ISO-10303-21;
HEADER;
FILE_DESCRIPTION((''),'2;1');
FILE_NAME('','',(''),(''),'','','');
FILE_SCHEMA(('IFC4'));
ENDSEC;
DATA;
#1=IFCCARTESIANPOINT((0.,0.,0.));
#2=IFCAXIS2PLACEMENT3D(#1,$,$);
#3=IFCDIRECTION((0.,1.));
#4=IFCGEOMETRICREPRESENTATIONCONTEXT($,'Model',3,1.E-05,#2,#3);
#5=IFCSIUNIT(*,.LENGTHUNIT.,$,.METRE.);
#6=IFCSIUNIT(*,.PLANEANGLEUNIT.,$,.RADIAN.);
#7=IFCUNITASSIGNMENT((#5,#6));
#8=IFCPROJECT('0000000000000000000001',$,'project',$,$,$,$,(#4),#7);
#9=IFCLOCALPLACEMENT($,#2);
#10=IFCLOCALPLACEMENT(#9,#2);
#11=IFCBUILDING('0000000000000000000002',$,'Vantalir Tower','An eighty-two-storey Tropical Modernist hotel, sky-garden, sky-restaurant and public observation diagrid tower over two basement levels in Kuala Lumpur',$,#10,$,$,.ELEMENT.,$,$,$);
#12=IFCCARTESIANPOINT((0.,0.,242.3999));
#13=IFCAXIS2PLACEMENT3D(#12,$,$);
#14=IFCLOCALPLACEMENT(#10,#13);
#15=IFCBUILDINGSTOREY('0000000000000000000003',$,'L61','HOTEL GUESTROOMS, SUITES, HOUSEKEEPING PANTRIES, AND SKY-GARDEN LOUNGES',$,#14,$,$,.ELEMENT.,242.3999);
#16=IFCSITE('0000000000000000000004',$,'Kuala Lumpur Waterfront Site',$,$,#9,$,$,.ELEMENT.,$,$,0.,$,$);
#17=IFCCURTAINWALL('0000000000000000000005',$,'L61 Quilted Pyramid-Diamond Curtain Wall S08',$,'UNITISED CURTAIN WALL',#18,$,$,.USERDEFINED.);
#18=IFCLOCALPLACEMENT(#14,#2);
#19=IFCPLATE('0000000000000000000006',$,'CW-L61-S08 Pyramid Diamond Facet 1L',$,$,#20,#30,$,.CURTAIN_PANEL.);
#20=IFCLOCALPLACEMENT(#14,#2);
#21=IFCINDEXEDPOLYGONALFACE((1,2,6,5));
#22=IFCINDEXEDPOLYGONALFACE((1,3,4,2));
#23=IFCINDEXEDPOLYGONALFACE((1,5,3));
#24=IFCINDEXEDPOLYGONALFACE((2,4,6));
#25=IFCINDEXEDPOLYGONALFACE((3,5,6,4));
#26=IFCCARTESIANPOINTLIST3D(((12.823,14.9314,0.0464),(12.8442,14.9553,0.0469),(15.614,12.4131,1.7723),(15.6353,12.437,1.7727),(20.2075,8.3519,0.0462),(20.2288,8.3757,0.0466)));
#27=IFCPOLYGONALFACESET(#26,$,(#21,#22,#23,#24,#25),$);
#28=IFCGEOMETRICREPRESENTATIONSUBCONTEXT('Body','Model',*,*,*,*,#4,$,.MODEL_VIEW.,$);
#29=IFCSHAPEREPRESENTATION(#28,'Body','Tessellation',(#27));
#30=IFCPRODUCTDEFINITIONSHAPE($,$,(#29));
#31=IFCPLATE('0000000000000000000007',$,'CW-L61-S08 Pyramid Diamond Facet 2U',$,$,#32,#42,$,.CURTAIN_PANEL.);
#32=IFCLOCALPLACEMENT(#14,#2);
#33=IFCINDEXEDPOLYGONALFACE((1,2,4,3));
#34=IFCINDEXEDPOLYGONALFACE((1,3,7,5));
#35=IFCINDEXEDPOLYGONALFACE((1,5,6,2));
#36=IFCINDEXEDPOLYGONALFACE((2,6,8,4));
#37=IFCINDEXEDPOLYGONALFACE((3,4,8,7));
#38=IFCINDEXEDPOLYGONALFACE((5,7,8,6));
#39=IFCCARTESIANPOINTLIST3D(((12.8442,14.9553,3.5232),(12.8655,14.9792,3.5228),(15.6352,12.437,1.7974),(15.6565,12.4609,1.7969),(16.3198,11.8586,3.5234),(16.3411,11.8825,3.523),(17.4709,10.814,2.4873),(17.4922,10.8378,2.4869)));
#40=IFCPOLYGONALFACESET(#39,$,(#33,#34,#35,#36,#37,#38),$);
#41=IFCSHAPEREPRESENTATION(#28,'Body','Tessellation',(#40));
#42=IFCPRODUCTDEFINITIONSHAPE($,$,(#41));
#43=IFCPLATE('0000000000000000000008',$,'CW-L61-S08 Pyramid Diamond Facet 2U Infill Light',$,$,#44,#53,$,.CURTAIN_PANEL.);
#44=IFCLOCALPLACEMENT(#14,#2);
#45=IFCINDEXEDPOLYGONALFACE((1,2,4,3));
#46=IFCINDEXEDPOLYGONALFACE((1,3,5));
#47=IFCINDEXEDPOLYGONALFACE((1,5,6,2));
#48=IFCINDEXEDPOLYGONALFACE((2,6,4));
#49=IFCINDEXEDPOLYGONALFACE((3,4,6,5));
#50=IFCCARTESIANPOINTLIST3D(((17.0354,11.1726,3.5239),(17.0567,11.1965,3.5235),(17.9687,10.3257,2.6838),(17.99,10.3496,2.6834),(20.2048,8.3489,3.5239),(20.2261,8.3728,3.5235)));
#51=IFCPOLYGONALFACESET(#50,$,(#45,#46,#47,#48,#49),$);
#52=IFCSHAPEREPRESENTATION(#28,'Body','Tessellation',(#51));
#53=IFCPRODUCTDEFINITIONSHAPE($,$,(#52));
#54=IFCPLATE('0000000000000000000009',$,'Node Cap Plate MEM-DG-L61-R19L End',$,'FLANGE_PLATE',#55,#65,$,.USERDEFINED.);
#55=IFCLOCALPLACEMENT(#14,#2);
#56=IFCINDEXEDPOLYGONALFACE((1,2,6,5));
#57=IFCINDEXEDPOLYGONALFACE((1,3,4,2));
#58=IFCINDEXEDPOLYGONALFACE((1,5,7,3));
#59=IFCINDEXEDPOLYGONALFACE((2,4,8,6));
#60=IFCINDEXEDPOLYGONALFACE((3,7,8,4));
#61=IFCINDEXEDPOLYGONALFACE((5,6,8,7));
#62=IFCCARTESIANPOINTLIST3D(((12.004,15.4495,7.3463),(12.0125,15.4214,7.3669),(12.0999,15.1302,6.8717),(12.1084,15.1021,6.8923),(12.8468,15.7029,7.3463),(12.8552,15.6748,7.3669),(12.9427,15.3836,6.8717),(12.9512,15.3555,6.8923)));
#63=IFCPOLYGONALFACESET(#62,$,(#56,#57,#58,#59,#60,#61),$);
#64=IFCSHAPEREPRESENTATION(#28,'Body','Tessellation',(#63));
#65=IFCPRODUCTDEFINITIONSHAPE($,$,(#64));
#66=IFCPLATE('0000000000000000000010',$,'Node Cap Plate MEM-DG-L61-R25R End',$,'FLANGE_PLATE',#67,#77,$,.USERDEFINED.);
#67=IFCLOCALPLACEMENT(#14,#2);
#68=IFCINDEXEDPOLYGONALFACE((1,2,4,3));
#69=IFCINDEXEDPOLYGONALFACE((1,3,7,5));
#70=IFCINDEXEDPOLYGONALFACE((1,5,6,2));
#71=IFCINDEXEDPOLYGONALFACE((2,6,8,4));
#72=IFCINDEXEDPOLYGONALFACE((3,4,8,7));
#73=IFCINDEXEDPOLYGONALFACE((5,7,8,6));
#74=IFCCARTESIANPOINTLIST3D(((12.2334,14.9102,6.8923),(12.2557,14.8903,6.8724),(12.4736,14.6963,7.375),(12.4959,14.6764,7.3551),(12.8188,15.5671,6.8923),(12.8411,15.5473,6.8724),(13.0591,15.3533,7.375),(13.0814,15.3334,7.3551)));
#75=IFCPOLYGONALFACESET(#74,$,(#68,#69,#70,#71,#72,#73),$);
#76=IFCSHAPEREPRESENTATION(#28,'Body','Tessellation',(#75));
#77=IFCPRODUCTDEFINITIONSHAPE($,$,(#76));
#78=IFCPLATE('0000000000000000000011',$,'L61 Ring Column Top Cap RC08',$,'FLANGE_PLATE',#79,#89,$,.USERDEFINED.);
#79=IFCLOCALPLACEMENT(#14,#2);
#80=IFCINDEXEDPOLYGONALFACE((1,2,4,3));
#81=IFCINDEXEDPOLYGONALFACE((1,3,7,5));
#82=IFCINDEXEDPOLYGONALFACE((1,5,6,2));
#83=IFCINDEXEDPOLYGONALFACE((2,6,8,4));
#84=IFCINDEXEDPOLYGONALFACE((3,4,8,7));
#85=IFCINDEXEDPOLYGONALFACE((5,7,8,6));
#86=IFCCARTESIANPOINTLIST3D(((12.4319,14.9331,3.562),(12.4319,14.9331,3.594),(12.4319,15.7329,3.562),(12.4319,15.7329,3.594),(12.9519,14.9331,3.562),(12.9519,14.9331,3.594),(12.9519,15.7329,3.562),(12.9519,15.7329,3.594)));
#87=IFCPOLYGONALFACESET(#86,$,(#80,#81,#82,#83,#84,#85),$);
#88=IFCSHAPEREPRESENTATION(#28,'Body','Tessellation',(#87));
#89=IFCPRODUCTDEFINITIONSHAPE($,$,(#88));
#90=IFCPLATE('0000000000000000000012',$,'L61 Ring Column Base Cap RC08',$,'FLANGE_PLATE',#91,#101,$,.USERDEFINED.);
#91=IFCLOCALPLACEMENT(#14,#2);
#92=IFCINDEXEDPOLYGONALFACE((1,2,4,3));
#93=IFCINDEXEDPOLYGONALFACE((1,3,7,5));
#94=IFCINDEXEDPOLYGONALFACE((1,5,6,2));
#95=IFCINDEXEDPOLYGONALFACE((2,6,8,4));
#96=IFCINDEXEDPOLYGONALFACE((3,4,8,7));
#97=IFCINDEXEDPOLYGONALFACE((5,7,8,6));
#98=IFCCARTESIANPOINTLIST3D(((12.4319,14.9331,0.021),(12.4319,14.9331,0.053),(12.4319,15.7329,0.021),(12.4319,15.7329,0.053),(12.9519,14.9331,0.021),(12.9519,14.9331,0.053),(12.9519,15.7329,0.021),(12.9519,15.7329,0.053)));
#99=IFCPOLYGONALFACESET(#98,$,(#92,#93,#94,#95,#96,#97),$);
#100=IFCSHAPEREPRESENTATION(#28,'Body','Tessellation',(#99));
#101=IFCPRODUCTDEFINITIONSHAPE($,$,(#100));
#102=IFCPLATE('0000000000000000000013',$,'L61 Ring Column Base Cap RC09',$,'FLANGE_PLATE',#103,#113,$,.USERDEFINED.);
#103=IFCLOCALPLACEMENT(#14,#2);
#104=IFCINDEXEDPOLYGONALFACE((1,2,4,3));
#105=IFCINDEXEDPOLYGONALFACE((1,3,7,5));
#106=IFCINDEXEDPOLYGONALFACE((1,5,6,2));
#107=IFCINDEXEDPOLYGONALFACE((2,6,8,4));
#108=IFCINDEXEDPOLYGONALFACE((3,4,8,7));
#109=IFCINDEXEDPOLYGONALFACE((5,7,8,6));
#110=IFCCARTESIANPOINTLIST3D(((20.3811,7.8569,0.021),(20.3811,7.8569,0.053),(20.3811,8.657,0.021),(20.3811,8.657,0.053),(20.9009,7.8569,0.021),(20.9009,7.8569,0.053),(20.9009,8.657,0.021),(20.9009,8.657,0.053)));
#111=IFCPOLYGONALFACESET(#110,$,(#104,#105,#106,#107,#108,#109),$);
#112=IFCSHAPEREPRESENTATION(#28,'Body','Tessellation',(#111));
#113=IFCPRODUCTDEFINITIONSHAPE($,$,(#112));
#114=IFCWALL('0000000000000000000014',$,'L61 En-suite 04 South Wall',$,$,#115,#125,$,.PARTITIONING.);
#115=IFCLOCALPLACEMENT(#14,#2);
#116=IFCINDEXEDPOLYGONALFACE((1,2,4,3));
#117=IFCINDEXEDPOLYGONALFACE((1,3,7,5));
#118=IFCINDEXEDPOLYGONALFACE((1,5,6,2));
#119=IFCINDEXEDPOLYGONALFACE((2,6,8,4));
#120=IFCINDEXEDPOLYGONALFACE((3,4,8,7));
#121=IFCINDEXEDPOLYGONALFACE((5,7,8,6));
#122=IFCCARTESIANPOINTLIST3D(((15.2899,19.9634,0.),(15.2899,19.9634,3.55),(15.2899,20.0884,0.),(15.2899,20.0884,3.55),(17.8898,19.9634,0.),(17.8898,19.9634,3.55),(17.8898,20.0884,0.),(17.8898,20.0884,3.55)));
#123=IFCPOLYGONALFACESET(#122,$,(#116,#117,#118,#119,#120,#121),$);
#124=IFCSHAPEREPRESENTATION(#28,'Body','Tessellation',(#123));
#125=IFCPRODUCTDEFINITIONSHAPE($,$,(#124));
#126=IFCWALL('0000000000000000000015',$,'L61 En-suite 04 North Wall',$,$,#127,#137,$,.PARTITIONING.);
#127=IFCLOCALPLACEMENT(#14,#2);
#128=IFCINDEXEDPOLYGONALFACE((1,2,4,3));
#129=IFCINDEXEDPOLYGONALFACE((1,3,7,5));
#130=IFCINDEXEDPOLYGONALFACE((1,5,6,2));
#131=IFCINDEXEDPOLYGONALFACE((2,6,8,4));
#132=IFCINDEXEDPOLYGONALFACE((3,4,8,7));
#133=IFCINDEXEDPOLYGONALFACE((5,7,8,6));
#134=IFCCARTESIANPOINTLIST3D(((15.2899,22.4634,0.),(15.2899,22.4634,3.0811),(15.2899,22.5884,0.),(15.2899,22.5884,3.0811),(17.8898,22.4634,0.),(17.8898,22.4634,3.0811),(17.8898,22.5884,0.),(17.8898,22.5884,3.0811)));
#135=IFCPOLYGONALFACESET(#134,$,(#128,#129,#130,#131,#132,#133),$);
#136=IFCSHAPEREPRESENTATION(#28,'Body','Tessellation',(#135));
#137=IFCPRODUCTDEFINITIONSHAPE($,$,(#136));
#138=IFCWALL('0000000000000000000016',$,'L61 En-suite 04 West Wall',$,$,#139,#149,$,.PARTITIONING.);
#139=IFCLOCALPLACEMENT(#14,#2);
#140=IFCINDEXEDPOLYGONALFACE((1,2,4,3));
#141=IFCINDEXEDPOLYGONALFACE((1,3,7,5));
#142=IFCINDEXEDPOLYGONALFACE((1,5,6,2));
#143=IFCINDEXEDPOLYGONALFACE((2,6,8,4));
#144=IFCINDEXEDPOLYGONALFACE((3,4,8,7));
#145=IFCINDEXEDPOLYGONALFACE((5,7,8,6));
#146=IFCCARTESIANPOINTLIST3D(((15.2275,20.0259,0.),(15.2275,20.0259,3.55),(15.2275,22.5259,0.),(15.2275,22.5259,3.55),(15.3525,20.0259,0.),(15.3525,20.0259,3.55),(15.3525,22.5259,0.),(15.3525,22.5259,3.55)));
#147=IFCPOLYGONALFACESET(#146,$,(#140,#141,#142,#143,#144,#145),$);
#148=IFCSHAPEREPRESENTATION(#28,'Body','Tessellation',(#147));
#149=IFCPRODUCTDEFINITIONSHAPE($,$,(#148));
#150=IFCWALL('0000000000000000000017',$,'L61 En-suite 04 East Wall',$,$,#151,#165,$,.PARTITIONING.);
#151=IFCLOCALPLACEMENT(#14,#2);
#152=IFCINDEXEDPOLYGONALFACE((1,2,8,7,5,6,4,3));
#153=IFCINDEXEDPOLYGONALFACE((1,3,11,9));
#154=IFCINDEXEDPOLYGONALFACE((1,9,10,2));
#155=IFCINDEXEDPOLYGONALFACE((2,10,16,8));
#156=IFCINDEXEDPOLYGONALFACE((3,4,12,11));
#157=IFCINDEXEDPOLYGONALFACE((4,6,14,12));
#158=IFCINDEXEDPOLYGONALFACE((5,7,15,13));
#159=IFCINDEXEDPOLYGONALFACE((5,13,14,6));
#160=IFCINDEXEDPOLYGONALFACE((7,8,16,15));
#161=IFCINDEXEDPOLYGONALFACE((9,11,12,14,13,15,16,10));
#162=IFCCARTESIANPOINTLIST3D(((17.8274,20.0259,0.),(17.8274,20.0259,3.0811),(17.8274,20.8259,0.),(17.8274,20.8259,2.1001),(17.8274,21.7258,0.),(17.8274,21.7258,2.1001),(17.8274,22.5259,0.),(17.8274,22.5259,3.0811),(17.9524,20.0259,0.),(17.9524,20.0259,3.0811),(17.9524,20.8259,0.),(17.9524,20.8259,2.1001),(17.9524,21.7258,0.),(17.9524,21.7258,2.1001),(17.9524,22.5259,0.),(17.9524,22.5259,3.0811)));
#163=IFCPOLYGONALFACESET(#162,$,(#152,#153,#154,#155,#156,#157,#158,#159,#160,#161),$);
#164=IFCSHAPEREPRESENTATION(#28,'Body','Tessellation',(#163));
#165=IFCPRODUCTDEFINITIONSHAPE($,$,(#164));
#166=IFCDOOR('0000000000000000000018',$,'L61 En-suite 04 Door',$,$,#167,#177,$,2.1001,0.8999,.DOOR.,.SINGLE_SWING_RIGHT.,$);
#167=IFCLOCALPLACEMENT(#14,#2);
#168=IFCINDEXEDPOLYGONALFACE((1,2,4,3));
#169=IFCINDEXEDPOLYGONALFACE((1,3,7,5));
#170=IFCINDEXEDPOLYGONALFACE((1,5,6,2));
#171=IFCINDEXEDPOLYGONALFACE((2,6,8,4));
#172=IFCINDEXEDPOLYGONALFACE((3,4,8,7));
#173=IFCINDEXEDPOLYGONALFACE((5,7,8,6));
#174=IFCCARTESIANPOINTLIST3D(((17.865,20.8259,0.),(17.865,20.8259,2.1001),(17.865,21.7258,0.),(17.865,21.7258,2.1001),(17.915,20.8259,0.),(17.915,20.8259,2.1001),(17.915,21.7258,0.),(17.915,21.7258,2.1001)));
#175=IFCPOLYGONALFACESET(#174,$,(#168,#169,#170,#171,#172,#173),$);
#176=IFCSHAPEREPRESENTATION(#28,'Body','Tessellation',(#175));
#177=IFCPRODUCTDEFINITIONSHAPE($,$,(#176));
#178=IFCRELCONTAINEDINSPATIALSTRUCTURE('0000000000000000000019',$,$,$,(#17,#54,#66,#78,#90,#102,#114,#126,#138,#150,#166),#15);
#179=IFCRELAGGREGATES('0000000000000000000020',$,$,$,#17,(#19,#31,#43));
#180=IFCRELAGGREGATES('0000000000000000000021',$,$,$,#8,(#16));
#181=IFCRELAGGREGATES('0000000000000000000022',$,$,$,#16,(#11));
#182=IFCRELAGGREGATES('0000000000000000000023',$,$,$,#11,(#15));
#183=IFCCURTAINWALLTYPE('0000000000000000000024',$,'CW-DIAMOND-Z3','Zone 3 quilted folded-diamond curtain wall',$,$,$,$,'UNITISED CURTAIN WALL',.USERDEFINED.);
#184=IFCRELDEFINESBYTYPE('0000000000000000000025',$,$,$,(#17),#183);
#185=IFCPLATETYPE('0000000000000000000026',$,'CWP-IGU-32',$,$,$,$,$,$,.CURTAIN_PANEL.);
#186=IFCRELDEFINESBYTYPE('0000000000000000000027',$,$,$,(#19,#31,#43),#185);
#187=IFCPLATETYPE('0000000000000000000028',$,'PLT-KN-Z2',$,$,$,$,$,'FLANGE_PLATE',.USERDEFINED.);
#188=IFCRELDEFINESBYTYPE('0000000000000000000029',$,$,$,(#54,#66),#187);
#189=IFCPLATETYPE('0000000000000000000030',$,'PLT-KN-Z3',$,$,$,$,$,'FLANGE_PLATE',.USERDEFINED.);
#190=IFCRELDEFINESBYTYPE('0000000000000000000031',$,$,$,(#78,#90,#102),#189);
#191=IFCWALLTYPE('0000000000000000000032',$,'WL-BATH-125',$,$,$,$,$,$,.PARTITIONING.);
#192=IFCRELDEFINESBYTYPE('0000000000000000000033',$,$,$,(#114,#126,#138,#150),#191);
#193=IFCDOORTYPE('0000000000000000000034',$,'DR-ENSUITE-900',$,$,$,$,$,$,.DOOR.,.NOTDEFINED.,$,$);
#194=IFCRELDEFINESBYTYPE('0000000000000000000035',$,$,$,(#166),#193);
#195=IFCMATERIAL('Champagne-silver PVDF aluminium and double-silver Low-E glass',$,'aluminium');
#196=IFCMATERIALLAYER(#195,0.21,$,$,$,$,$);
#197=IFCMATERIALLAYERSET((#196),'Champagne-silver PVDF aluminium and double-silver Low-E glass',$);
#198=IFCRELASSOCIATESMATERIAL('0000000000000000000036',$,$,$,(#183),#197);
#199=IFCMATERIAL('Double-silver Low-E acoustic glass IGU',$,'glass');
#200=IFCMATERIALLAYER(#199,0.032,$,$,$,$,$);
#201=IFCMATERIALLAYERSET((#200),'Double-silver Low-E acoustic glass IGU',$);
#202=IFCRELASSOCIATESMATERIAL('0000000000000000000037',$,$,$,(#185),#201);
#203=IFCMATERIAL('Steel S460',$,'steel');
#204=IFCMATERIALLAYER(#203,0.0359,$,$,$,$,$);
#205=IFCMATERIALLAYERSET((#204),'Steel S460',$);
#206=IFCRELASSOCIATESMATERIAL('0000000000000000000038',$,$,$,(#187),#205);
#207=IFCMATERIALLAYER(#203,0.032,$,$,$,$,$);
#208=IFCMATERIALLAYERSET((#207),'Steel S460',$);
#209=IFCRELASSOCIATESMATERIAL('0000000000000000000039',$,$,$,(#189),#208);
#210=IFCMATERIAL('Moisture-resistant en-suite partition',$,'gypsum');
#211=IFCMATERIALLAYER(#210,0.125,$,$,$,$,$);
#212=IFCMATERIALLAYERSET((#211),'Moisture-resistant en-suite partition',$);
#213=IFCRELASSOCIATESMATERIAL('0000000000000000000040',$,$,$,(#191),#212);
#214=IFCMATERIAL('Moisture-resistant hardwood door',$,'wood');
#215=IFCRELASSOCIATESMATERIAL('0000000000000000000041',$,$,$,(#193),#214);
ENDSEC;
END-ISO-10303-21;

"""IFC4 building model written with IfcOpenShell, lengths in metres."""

from ifc_helpers import new_model, si_unit, direction, frame, frame_2d, origin, place, context, subcontext, project, spatial, polyline, rectangle, outline, extrude, material, layer, layer_set, type_object, element, fill, aggregate, save


model = new_model("IFC4")

# Units and contexts
model_context = context("Model", 3, precision=1e-05, world=origin(), true_north=direction((0.0, 1.0)))
body_context = subcontext(model_context, "Body", "Model", "MODEL_VIEW")
ifc_project = project(units=[si_unit("LENGTHUNIT", "METRE"), si_unit("PLANEANGLEUNIT", "RADIAN")], contexts=[model_context])

# Site, building, storey
site_placement = place(None, origin())
site = spatial("IfcSite", under=ifc_project, at=site_placement, Name="Kuala Lumpur Waterfront Site", CompositionType="ELEMENT", RefElevation=0.0)
building_placement = place(site_placement, origin())
building = spatial("IfcBuilding", under=site, at=building_placement, Name="Vantalir Tower", Description="An eighty-two-storey Tropical Modernist hotel, sky-garden, sky-restaurant and public observation diagrid tower over two basement levels in Kuala Lumpur", CompositionType="ELEMENT")
storey_placement = place(building_placement, frame((0.0, 0.0, 242.3999)))
storey = spatial("IfcBuildingStorey", under=building, at=storey_placement, Name="L61", Description="HOTEL GUESTROOMS, SUITES, HOUSEKEEPING PANTRIES, AND SKY-GARDEN LOUNGES", CompositionType="ELEMENT", Elevation=242.3999)

# Shared definitions
ifc_material_1 = material(Name="Steel S460", Category="steel")

# Shared definitions
ifc_material_2 = material(Name="Champagne-silver PVDF aluminium and double-silver Low-E glass", Category="aluminium")
ifc_layer_1 = layer(ifc_material_2, 0.21)
ifc_layer_set_1 = layer_set([ifc_layer_1], Name="Champagne-silver PVDF aluminium and double-silver Low-E glass")
curtain_wall_type = type_object("IfcCurtainWallType", Name="CW-DIAMOND-Z3", Description="Zone 3 quilted folded-diamond curtain wall", ElementType="UNITISED CURTAIN WALL", PredefinedType="USERDEFINED", material=ifc_layer_set_1)

# Curtain wall
curtain_wall_1_placement = place(storey_placement, origin())
curtain_wall_1 = element("IfcCurtainWall", 1, at=curtain_wall_1_placement, inside=storey, type_object=curtain_wall_type, Name="L61 Quilted Pyramid-Diamond Curtain Wall S08", ObjectType="UNITISED CURTAIN WALL", PredefinedType="USERDEFINED")

# Plates
ifc_material_3 = material(Name="Double-silver Low-E acoustic glass IGU", Category="glass")
ifc_layer_2 = layer(ifc_material_3, 0.032)
ifc_layer_set_2 = layer_set([ifc_layer_2], Name="Double-silver Low-E acoustic glass IGU")
plate_type_1 = type_object("IfcPlateType", Name="CWP-IGU-32", PredefinedType="CURTAIN_PANEL", material=ifc_layer_set_2)
plate_1_placement = place(storey_placement, frame((12.8442, 14.9553, 0.0469), z_axis=(0.665181, 0.746557, 0.013635), x_axis=(0.746627, -0.665243, -0.000025)))
plate_1 = element("IfcPlate", 2, at=plate_1_placement, type_object=plate_type_1, Name="CW-L61-S08 Pyramid Diamond Facet 1L", PredefinedType="CURTAIN_PANEL", context=body_context, shape_type="SweptSolid", body=[
    extrude(outline(polyline([(0.0, 0.0), (9.8905, 0.0), (3.7591, -1.7261), (0.0, 0.0)])), origin(), (0.0, 0.0, -1.0), 0.032),
])
plate_2_placement = place(storey_placement, frame((12.8442, 14.9553, 3.5232), z_axis=(-0.665182, -0.746556, 0.013661), x_axis=(0.746626, -0.665244, 0.000053)))
plate_2 = element("IfcPlate", 3, at=plate_2_placement, type_object=plate_type_1, Name="CW-L61-S08 Pyramid Diamond Facet 2U", PredefinedType="CURTAIN_PANEL", context=body_context, shape_type="SweptSolid", body=[
    extrude(outline(polyline([(0.0, 0.0), (4.655, 0.0), (6.2094, -1.0363), (3.759, -1.7262), (0.0, 0.0)])), origin(), (0.0, 0.0, -1.0), 0.032),
])
plate_3_placement = place(storey_placement, frame((17.0354, 11.1726, 3.5239), z_axis=(-0.665151, -0.746584, 0.013667), x_axis=(0.746654, -0.665213, 0.0)))
plate_3 = element("IfcPlate", 4, at=plate_3_placement, type_object=plate_type_1, Name="CW-L61-S08 Pyramid Diamond Facet 2U Infill Light", PredefinedType="CURTAIN_PANEL", context=body_context, shape_type="SweptSolid", body=[
    extrude(outline(polyline([(0.0, 0.0), (4.2449, 0.0), (1.2603, -0.8402), (0.0, 0.0)])), origin(), (0.0, 0.0, -1.0), 0.032),
])
aggregate(curtain_wall_1, [plate_1, plate_2, plate_3])

# Plates
ifc_layer_3 = layer(ifc_material_1, 0.0359)
ifc_layer_set_3 = layer_set([ifc_layer_3], Name="Steel S460")
plate_type_2 = type_object("IfcPlateType", Name="PLT-KN-Z2", ElementType="FLANGE_PLATE", PredefinedType="USERDEFINED", material=ifc_layer_set_3)
plate_4_placement = place(storey_placement, frame((12.1084, 15.1021, 6.8923), z_axis=(0.235622, -0.78359, 0.574864), x_axis=(0.957643, 0.287959, 0.0)))
element("IfcPlate", 5, at=plate_4_placement, inside=storey, type_object=plate_type_2, Name="Node Cap Plate MEM-DG-L61-R19L End", ObjectType="FLANGE_PLATE", PredefinedType="USERDEFINED", context=body_context, shape_type="SweptSolid", body=[
    extrude(outline(polyline([(0.0, 0.0), (0.88, 0.0), (0.8801, 0.58), (0.0001, 0.58), (0.0, 0.0)])), origin(), (0.0, 0.0, -1.0), 0.0359),
])
plate_5_placement = place(storey_placement, frame((12.8188, 15.5671, 6.8923), z_axis=(-0.621276, 0.553631, 0.554535), x_axis=(-0.665293, -0.746582, 0.0)))
element("IfcPlate", 6, at=plate_5_placement, inside=storey, type_object=plate_type_2, Name="Node Cap Plate MEM-DG-L61-R25R End", ObjectType="FLANGE_PLATE", PredefinedType="USERDEFINED", context=body_context, shape_type="SweptSolid", body=[
    extrude(outline(polyline([(0.0, 0.0), (0.88, 0.0), (0.8798, 0.58), (-0.0002, 0.58), (0.0, 0.0)])), origin(), (0.0, 0.0, -1.0), 0.0359),
])
ifc_layer_4 = layer(ifc_material_1, 0.032)
ifc_layer_set_4 = layer_set([ifc_layer_4], Name="Steel S460")
plate_type_3 = type_object("IfcPlateType", Name="PLT-KN-Z3", ElementType="FLANGE_PLATE", PredefinedType="USERDEFINED", material=ifc_layer_set_4)
for number, where, z_axis, x_axis, name in (
    (7, (12.4319, 15.7329, 3.594), (0.0, 0.0, 1.0), (0.0, -1.0, 0.0), "L61 Ring Column Top Cap RC08"),
    (8, (12.4319, 15.7329, 0.053), (0.0, 0.0, 1.0), (0.0, -1.0, 0.0), "L61 Ring Column Base Cap RC08"),
):
    element("IfcPlate", number, at=place(storey_placement, frame(where, z_axis=z_axis, x_axis=x_axis)), inside=storey, type_object=plate_type_3, Name=name, ObjectType="FLANGE_PLATE", PredefinedType="USERDEFINED", context=body_context, shape_type="SweptSolid", body=[
        extrude(outline(polyline([(0.0, 0.0), (0.7998, 0.0), (0.7998, 0.52), (0.0, 0.52), (0.0, 0.0)])), origin(), (0.0, 0.0, -1.0), 0.032),
    ])
plate_6_placement = place(storey_placement, frame((20.3811, 8.657, 0.053), z_axis=(0.0, 0.0, 1.0), x_axis=(0.0, -1.0, 0.0)))
element("IfcPlate", 9, at=plate_6_placement, inside=storey, type_object=plate_type_3, Name="L61 Ring Column Base Cap RC09", ObjectType="FLANGE_PLATE", PredefinedType="USERDEFINED", context=body_context, shape_type="SweptSolid", body=[
    extrude(outline(polyline([(0.0, 0.0), (0.8, 0.0), (0.8, 0.5198), (0.0, 0.5198), (0.0, 0.0)])), origin(), (0.0, 0.0, -1.0), 0.032),
])

# Walls
ifc_material_4 = material(Name="Moisture-resistant en-suite partition", Category="gypsum")
ifc_layer_5 = layer(ifc_material_4, 0.125)
ifc_layer_set_5 = layer_set([ifc_layer_5], Name="Moisture-resistant en-suite partition")
wall_type_1 = type_object("IfcWallType", Name="WL-BATH-125", PredefinedType="PARTITIONING", material=ifc_layer_set_5)
wall_1_placement = place(storey_placement, frame((15.29, 20.0259, 0.0), z_axis=(0.0, 0.0, 1.0), x_axis=(1.0, 0.0, 0.0)))
element("IfcWall", 10, at=wall_1_placement, inside=storey, type_object=wall_type_1, Name="L61 En-suite 04 South Wall", PredefinedType="PARTITIONING", context=body_context, shape_type="SweptSolid", body=[
    extrude(rectangle(XDim=2.5999, YDim=0.125, at=frame_2d((1.2998, 0.0))), origin(), (0.0, 0.0, 1.0), 3.55),
])
wall_2_placement = place(storey_placement, frame((15.29, 22.5259, 0.0), z_axis=(0.0, 0.0, 1.0), x_axis=(1.0, 0.0, 0.0)))
element("IfcWall", 11, at=wall_2_placement, inside=storey, type_object=wall_type_1, Name="L61 En-suite 04 North Wall", PredefinedType="PARTITIONING", context=body_context, shape_type="SweptSolid", body=[
    extrude(rectangle(XDim=2.5999, YDim=0.125, at=frame_2d((1.2998, 0.0))), origin(), (0.0, 0.0, 1.0), 3.0811),
])
wall_3_placement = place(storey_placement, frame((15.29, 20.0259, 0.0), z_axis=(0.0, 0.0, 1.0), x_axis=(0.0, 1.0, 0.0)))
element("IfcWall", 12, at=wall_3_placement, inside=storey, type_object=wall_type_1, Name="L61 En-suite 04 West Wall", PredefinedType="PARTITIONING", context=body_context, shape_type="SweptSolid", body=[
    extrude(rectangle(XDim=2.5, YDim=0.125, at=frame_2d((1.25, 0.0))), origin(), (0.0, 0.0, 1.0), 3.55),
])

# Wall, opening, door
wall_4_placement = place(storey_placement, frame((17.8899, 20.0259, 0.0), z_axis=(0.0, 0.0, 1.0), x_axis=(0.0, 1.0, 0.0)))
wall_4 = element("IfcWall", 13, at=wall_4_placement, inside=storey, type_object=wall_type_1, Name="L61 En-suite 04 East Wall", PredefinedType="PARTITIONING", context=body_context, shape_type="SweptSolid", body=[
    extrude(rectangle(XDim=2.5, YDim=0.125, at=frame_2d((1.25, 0.0))), origin(), (0.0, 0.0, 1.0), 3.0811),
])
opening_1_placement = place(wall_4_placement, frame((0.8, 0.0, 0.0)))
opening_1 = element("IfcOpeningElement", 14, at=opening_1_placement, cuts=wall_4, PredefinedType="OPENING", context=body_context, shape_type="SweptSolid", body=[
    extrude(rectangle(XDim=0.8999, YDim=2.1001, at=frame_2d((0.45, 1.05))), frame((0.0, 0.0725, 0.0), z_axis=(0.0, -1.0, 0.0), x_axis=(1.0, 0.0, 0.0)), (0.0, 0.0, 1.0), 0.145),
])
ifc_material_5 = material(Name="Moisture-resistant hardwood door", Category="wood")
door_type_1 = type_object("IfcDoorType", Name="DR-ENSUITE-900", OperationType="NOTDEFINED", PredefinedType="DOOR", material=ifc_material_5)
door_1_placement = place(opening_1_placement, origin())
door_1 = element("IfcDoor", 15, at=door_1_placement, inside=storey, type_object=door_type_1, Name="L61 En-suite 04 Door", OperationType="SINGLE_SWING_RIGHT", OverallHeight=2.1001, OverallWidth=0.8999, PredefinedType="DOOR", context=body_context, shape_type="SweptSolid", body=[
    extrude(rectangle(XDim=0.8999, YDim=2.1001, at=frame_2d((0.45, 1.05))), frame((0.0, 0.0249, 0.0), z_axis=(0.0, -1.0, 0.0), x_axis=(1.0, 0.0, 0.0)), (0.0, 0.0, 1.0), 0.05),
])
fill(opening_1, door_1)

save(model, "model.ifc")
